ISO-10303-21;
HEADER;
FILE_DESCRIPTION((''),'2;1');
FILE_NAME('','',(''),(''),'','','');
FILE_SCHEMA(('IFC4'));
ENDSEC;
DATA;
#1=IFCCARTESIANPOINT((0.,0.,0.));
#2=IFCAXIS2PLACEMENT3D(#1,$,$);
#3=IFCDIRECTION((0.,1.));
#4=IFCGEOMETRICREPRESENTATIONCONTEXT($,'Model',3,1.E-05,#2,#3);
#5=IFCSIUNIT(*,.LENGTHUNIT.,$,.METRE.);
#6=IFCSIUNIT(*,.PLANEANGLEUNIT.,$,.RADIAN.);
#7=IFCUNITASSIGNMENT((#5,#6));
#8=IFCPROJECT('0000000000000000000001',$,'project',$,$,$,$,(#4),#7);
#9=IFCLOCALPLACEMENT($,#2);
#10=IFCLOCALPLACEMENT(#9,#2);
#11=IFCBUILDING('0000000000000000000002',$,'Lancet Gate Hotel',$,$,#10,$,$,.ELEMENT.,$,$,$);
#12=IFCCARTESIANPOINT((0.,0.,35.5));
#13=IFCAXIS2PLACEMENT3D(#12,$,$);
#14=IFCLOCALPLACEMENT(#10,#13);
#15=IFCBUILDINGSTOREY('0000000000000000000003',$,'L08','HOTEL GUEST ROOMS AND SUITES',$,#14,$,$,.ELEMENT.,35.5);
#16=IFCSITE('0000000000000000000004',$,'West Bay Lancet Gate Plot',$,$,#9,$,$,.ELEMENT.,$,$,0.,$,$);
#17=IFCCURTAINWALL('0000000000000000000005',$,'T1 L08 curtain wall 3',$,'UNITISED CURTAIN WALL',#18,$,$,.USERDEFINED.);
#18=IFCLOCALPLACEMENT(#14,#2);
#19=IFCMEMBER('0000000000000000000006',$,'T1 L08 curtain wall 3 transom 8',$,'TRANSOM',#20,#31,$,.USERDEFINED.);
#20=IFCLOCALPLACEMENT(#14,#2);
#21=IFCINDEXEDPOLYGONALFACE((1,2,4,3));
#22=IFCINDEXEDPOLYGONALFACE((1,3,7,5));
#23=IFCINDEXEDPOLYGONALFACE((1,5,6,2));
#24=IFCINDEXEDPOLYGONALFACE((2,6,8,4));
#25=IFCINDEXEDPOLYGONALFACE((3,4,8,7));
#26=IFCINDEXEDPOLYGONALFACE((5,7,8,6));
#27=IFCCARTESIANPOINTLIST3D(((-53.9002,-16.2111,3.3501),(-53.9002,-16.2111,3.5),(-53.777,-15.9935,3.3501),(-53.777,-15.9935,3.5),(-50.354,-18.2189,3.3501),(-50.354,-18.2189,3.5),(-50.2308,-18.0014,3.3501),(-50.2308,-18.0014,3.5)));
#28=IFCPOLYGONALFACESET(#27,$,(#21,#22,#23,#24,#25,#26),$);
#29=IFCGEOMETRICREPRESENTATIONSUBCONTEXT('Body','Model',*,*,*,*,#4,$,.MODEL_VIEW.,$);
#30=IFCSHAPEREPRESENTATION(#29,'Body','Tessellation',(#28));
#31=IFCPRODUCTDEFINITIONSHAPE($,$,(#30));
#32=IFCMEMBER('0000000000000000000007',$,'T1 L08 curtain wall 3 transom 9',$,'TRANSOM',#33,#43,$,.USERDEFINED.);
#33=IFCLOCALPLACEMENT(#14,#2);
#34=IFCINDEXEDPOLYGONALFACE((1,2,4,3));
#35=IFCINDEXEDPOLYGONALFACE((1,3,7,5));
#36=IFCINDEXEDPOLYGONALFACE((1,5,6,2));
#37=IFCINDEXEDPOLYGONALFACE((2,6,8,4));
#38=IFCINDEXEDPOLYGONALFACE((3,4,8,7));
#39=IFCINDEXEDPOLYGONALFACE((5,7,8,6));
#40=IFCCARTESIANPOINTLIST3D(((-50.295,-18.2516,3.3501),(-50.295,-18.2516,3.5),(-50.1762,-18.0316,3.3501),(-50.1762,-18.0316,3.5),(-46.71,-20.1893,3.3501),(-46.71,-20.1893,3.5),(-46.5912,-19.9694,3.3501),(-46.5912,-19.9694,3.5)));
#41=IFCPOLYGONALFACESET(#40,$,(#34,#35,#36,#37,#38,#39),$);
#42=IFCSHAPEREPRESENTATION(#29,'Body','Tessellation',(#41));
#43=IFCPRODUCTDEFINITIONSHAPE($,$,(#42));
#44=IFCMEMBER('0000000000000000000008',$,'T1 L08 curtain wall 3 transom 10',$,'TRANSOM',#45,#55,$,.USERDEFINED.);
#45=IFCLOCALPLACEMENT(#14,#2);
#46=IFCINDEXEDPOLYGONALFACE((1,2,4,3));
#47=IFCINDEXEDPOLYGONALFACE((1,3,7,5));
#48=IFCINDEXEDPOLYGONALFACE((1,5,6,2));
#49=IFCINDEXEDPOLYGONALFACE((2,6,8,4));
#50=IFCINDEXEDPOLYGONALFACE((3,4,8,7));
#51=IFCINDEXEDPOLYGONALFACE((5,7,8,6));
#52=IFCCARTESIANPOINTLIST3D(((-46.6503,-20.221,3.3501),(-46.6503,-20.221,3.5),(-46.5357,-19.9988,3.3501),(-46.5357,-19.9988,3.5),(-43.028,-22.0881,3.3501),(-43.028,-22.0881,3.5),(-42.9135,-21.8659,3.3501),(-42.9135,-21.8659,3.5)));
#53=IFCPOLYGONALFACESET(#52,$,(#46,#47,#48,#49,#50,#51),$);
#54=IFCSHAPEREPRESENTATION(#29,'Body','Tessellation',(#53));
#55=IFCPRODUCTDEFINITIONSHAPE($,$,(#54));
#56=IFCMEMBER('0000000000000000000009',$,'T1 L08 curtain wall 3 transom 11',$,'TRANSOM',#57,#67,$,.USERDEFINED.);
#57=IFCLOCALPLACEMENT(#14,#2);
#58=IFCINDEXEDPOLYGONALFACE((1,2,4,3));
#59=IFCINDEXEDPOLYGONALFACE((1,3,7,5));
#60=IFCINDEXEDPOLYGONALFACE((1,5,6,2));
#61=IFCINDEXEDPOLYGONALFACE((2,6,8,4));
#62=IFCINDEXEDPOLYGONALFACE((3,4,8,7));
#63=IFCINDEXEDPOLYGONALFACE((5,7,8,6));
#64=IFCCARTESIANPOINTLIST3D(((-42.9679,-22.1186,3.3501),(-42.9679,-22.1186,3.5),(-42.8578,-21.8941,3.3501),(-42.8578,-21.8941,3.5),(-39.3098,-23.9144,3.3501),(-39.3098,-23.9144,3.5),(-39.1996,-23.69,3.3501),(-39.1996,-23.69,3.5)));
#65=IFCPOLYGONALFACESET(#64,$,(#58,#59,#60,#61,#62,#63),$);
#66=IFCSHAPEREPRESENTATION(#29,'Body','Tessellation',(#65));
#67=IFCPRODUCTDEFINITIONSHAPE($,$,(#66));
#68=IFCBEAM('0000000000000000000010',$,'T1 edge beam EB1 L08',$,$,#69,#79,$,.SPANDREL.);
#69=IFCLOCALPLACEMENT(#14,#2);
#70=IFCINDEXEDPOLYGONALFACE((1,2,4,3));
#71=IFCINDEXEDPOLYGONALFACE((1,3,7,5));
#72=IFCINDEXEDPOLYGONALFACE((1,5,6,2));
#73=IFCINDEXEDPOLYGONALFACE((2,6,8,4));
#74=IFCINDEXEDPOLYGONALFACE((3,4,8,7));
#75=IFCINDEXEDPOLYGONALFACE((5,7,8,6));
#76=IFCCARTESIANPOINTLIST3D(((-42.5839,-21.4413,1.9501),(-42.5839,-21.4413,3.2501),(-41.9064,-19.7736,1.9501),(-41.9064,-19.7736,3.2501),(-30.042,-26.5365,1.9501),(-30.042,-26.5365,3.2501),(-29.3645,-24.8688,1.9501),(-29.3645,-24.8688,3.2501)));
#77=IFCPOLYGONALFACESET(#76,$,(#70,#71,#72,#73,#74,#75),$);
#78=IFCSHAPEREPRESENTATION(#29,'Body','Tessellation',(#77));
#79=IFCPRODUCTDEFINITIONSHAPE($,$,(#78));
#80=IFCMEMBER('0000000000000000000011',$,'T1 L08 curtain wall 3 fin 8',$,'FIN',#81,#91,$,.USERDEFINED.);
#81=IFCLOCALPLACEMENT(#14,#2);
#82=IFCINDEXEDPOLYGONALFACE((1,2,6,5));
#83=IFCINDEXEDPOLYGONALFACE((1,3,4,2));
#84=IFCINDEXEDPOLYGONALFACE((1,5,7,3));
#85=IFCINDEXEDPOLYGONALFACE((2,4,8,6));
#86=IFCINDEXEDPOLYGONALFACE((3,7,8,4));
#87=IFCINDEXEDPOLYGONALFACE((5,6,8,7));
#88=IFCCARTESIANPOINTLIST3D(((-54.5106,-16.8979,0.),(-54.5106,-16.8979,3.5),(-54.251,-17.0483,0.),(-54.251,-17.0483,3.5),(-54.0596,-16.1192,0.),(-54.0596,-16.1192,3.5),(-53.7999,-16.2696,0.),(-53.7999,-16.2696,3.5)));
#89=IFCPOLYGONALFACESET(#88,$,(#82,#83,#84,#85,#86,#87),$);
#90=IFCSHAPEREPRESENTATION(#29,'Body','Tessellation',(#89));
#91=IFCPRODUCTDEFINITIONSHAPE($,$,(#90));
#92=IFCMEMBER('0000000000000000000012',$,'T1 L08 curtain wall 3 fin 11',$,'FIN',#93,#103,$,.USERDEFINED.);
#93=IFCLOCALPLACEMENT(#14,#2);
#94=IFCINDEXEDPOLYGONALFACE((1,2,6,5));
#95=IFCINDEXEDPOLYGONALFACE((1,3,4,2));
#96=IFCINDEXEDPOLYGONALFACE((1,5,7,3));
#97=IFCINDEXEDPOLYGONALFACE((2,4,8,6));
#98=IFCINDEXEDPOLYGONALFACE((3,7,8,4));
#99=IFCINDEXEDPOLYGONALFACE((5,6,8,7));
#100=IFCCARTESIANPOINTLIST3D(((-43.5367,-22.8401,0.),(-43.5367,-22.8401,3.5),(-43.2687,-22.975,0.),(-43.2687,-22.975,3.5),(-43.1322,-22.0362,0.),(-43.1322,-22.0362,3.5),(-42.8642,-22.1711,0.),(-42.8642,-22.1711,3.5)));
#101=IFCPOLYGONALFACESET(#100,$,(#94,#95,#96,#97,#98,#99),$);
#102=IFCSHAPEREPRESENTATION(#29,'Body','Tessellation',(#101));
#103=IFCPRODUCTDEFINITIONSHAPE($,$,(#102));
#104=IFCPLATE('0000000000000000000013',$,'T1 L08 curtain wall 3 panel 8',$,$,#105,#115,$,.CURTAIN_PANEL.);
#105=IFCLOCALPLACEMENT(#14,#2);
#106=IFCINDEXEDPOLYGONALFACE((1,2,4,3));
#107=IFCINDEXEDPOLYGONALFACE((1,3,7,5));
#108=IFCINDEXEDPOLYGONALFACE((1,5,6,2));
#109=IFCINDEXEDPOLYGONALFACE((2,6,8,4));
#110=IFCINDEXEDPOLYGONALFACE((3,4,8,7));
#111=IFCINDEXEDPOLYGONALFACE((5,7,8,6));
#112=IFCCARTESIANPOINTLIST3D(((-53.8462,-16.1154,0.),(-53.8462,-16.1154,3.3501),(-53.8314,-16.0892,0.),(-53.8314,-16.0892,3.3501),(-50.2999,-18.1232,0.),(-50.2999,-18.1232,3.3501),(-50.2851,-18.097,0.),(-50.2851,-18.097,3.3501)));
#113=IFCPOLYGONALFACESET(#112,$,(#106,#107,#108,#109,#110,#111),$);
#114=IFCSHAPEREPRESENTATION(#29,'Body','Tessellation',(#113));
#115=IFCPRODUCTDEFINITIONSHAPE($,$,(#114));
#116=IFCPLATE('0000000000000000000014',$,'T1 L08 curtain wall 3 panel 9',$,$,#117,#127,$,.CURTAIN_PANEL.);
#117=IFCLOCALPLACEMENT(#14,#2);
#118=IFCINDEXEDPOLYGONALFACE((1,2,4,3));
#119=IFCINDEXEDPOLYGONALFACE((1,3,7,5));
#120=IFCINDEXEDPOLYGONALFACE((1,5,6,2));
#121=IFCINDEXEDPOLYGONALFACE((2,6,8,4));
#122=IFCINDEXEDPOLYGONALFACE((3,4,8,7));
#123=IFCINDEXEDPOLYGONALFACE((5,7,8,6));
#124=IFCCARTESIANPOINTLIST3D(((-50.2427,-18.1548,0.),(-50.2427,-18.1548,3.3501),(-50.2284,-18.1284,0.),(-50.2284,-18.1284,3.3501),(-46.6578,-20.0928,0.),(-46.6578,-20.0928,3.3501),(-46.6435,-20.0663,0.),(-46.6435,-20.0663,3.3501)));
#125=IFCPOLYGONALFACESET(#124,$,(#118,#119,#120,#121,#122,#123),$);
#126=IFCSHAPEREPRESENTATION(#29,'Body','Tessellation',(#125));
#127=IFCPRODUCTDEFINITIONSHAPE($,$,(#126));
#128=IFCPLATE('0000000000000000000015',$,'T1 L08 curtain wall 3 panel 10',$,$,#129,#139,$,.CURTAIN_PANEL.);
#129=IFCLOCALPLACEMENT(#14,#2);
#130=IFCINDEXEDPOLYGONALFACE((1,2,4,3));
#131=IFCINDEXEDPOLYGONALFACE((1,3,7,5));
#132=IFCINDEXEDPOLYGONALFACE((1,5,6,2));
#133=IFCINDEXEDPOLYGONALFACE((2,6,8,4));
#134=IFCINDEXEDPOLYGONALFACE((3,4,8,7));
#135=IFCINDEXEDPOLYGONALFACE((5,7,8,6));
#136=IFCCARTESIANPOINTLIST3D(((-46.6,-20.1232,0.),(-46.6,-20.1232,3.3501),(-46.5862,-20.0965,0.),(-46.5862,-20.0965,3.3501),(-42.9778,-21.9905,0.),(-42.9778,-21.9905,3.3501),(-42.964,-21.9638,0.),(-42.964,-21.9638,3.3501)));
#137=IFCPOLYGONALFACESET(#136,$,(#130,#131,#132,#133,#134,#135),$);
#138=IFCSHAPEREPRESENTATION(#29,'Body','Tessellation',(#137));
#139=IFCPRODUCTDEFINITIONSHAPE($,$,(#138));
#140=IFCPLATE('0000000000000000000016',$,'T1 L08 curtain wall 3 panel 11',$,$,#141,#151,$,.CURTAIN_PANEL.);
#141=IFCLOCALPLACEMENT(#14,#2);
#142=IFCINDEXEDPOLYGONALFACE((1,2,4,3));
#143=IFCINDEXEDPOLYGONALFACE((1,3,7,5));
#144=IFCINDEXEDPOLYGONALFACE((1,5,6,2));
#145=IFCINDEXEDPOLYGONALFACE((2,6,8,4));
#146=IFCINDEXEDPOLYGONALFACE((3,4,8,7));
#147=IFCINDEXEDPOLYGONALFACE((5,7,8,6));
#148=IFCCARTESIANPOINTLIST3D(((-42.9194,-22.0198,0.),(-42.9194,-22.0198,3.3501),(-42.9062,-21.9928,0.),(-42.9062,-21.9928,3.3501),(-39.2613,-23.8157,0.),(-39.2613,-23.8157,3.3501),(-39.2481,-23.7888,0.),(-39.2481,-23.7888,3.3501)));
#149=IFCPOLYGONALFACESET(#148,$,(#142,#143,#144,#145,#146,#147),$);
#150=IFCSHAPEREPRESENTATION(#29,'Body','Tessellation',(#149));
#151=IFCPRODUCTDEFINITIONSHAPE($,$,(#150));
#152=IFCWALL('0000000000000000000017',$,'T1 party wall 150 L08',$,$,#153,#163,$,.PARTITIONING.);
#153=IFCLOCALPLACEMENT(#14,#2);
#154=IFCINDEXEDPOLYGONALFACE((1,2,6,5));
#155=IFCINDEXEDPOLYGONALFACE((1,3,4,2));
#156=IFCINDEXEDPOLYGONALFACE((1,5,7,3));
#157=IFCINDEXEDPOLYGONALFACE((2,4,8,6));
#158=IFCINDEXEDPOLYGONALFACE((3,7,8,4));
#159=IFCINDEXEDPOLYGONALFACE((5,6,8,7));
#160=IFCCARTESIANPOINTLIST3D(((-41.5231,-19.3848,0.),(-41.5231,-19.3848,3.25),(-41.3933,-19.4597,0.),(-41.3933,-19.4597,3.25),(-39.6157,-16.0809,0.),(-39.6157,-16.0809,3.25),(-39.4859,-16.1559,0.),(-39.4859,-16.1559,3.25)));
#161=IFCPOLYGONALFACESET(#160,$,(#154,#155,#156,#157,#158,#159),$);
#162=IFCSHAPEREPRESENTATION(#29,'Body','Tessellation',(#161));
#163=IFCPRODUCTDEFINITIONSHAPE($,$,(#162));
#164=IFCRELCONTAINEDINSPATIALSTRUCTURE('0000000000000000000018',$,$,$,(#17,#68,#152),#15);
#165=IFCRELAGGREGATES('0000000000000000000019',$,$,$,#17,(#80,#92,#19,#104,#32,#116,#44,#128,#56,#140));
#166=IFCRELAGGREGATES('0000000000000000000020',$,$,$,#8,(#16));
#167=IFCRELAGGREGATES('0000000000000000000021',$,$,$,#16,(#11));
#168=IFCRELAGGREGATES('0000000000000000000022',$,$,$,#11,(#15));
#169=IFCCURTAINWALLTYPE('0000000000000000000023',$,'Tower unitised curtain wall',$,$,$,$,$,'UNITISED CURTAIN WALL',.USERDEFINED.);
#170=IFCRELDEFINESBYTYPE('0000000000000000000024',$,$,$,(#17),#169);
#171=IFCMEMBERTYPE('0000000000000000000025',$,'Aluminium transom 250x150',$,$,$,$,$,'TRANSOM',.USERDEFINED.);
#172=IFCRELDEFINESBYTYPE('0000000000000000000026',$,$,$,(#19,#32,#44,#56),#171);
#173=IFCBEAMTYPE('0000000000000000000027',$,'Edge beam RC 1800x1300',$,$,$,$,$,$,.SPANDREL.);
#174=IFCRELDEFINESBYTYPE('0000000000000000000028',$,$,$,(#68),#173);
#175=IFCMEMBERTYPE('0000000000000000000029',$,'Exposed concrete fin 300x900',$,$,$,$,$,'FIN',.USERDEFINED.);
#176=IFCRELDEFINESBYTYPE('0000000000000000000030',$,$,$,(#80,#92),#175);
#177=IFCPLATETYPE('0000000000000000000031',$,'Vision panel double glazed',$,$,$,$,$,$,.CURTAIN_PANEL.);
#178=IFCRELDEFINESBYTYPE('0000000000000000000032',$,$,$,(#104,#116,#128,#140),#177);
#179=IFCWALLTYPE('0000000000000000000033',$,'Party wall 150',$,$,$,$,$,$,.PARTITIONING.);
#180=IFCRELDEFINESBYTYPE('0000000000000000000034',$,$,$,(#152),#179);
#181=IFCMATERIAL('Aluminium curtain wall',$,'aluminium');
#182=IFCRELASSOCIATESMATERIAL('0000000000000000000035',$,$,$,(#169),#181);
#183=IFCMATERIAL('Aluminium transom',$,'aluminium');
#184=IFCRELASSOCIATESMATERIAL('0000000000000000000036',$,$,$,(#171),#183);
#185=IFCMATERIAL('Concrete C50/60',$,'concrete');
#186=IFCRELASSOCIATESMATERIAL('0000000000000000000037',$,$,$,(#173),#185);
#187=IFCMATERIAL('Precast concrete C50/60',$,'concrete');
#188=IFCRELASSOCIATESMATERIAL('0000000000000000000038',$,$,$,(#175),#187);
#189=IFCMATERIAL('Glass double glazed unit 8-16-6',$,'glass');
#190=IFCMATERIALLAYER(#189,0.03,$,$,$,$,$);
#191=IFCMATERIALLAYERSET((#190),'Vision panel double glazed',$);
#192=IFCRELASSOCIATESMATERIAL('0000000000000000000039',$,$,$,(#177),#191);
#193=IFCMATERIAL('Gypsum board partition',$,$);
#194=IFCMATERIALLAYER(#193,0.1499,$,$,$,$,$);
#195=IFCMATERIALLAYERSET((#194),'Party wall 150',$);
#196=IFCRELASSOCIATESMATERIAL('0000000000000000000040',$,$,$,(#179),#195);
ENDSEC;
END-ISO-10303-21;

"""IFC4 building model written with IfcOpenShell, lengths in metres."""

from ifc_helpers import new_model, si_unit, direction, frame, frame_2d, origin, origin_2d, place, context, subcontext, project, spatial, rectangle, extrude, material, layer, layer_set, material_profile, profile_set, type_object, element, aggregate, save


model = new_model("IFC4")

# Units and contexts
model_context = context("Model", 3, precision=1e-05, world=origin(), true_north=direction((0.0, 1.0)))
body_context = subcontext(model_context, "Body", "Model", "MODEL_VIEW")
ifc_project = project(units=[si_unit("LENGTHUNIT", "METRE"), si_unit("PLANEANGLEUNIT", "RADIAN")], contexts=[model_context])

# Site, building, storey
site_placement = place(None, origin())
site = spatial("IfcSite", under=ifc_project, at=site_placement, Name="West Bay Lancet Gate Plot", CompositionType="ELEMENT", RefElevation=0.0)
building_placement = place(site_placement, origin())
building = spatial("IfcBuilding", under=site, at=building_placement, Name="Lancet Gate Hotel", CompositionType="ELEMENT")
storey_placement = place(building_placement, frame((0.0, 0.0, 35.5)))
storey = spatial("IfcBuildingStorey", under=building, at=storey_placement, Name="L08", Description="HOTEL GUEST ROOMS AND SUITES", CompositionType="ELEMENT", Elevation=35.5)

# Curtain wall, members
ifc_material_1 = material(Name="Aluminium curtain wall", Category="aluminium")
curtain_wall_type = type_object("IfcCurtainWallType", Name="Tower unitised curtain wall", ElementType="UNITISED CURTAIN WALL", PredefinedType="USERDEFINED", material=ifc_material_1)
curtain_wall_placement = place(storey_placement, origin())
curtain_wall = element("IfcCurtainWall", 1, at=curtain_wall_placement, inside=storey, type_object=curtain_wall_type, Name="T1 L08 curtain wall 3", ObjectType="UNITISED CURTAIN WALL", PredefinedType="USERDEFINED")
ifc_material_2 = material(Name="Aluminium transom", Category="aluminium")
ifc_material_profile_1 = material_profile(ifc_material_2, rectangle(XDim=0.25, YDim=0.1499, at=origin_2d()), Name="TRANSOM 250x150")
ifc_profile_set_1 = profile_set([ifc_material_profile_1], Name="Aluminium transom")
member_type_1 = type_object("IfcMemberType", Name="Aluminium transom 250x150", ElementType="TRANSOM", PredefinedType="USERDEFINED", material=ifc_profile_set_1)
member_1_placement = place(storey_placement, frame((-53.8386, -16.1023, 3.425), z_axis=(0.870198, -0.492703, 0.0), x_axis=(0.492703, 0.870198, 0.0)))
member_1 = element("IfcMember", 2, at=member_1_placement, type_object=member_type_1, Name="T1 L08 curtain wall 3 transom 8", ObjectType="TRANSOM", PredefinedType="USERDEFINED", context=body_context, shape_type="SweptSolid", body=[
    extrude(rectangle(XDim=0.25, YDim=0.1499, at=origin_2d()), origin(), (0.0, 0.0, 1.0), 4.0752),
])
member_2_placement = place(storey_placement, frame((-50.2356, -18.1416, 3.425), z_axis=(0.879714, -0.475503, 0.0), x_axis=(0.475503, 0.879714, 0.0)))
member_2 = element("IfcMember", 3, at=member_2_placement, type_object=member_type_1, Name="T1 L08 curtain wall 3 transom 9", ObjectType="TRANSOM", PredefinedType="USERDEFINED", context=body_context, shape_type="SweptSolid", body=[
    extrude(rectangle(XDim=0.25, YDim=0.1499, at=origin_2d()), origin(), (0.0, 0.0, 1.0), 4.0752),
])
member_3_placement = place(storey_placement, frame((-46.593, -20.1099, 3.425), z_axis=(0.88886, -0.458179, 0.0), x_axis=(0.458179, 0.88886, 0.0)))
member_3 = element("IfcMember", 4, at=member_3_placement, type_object=member_type_1, Name="T1 L08 curtain wall 3 transom 10", ObjectType="TRANSOM", PredefinedType="USERDEFINED", context=body_context, shape_type="SweptSolid", body=[
    extrude(rectangle(XDim=0.25, YDim=0.1499, at=origin_2d()), origin(), (0.0, 0.0, 1.0), 4.0752),
])
member_4_placement = place(storey_placement, frame((-42.9128, -22.0063, 3.425), z_axis=(0.897662, -0.440684, 0.0), x_axis=(0.440684, 0.897662, 0.0)))
member_4 = element("IfcMember", 5, at=member_4_placement, type_object=member_type_1, Name="T1 L08 curtain wall 3 transom 11", ObjectType="TRANSOM", PredefinedType="USERDEFINED", context=body_context, shape_type="SweptSolid", body=[
    extrude(rectangle(XDim=0.25, YDim=0.1499, at=origin_2d()), origin(), (0.0, 0.0, 1.0), 4.0752),
])

# Beam
ifc_material_3 = material(Name="Concrete C50/60", Category="concrete")
ifc_material_profile_2 = material_profile(ifc_material_3, rectangle(XDim=1.8, YDim=1.3, at=origin_2d()), Name="RC 1800x1300")
ifc_profile_set_2 = profile_set([ifc_material_profile_2], Name="Concrete C50/60")
beam_type = type_object("IfcBeamType", Name="Edge beam RC 1800x1300", PredefinedType="SPANDREL", material=ifc_profile_set_2)
beam_placement = place(storey_placement, frame((-42.2451, -20.6074, 2.6001), z_axis=(0.926463, -0.376385, 0.0), x_axis=(0.376385, 0.926463, 0.0)))
element("IfcBeam", 6, at=beam_placement, inside=storey, type_object=beam_type, Name="T1 edge beam EB1 L08", PredefinedType="SPANDREL", context=body_context, shape_type="SweptSolid", body=[
    extrude(rectangle(XDim=1.8, YDim=1.3, at=origin_2d()), origin(), (0.0, 0.0, 1.0), 13.5374),
])

# Members
ifc_material_4 = material(Name="Precast concrete C50/60", Category="concrete")
ifc_material_profile_3 = material_profile(ifc_material_4, rectangle(XDim=0.3, YDim=0.8999, at=origin_2d()), Name="FIN 300x900")
ifc_profile_set_3 = profile_set([ifc_material_profile_3], Name="Precast concrete C50/60")
member_type_2 = type_object("IfcMemberType", Name="Exposed concrete fin 300x900", ElementType="FIN", PredefinedType="USERDEFINED", material=ifc_profile_set_3)
member_5_placement = place(storey_placement, frame((-54.1553, -16.5837, 0.0), z_axis=(0.0, 0.0, 1.0), x_axis=(0.865335, -0.501194, 0.0)))
member_5 = element("IfcMember", 7, at=member_5_placement, type_object=member_type_2, Name="T1 L08 curtain wall 3 fin 8", ObjectType="FIN", PredefinedType="USERDEFINED", context=body_context, shape_type="SweptSolid", body=[
    extrude(rectangle(XDim=0.3, YDim=0.8999, at=origin_2d()), origin(), (0.0, 0.0, 1.0), 3.5),
])
member_6_placement = place(storey_placement, frame((-43.2004, -22.5056, 0.0), z_axis=(0.0, 0.0, 1.0), x_axis=(0.893292, -0.449478, 0.0)))
member_6 = element("IfcMember", 8, at=member_6_placement, type_object=member_type_2, Name="T1 L08 curtain wall 3 fin 11", ObjectType="FIN", PredefinedType="USERDEFINED", context=body_context, shape_type="SweptSolid", body=[
    extrude(rectangle(XDim=0.3, YDim=0.8999, at=origin_2d()), origin(), (0.0, 0.0, 1.0), 3.5),
])

# Plates
ifc_material_5 = material(Name="Glass double glazed unit 8-16-6", Category="glass")
ifc_layer_1 = layer(ifc_material_5, 0.03)
ifc_layer_set_1 = layer_set([ifc_layer_1], Name="Vision panel double glazed")
plate_type = type_object("IfcPlateType", Name="Vision panel double glazed", PredefinedType="CURTAIN_PANEL", material=ifc_layer_set_1)
plate_1_placement = place(storey_placement, frame((-52.0657, -17.1062, 0.0), z_axis=(0.0, 0.0, 1.0), x_axis=(0.870205, -0.49269, 0.0)))
plate_1 = element("IfcPlate", 9, at=plate_1_placement, type_object=plate_type, Name="T1 L08 curtain wall 3 panel 8", PredefinedType="CURTAIN_PANEL", context=body_context, shape_type="SweptSolid", body=[
    extrude(rectangle(XDim=4.0752, YDim=0.03, at=origin_2d()), origin(), (0.0, 0.0, 1.0), 3.3501),
])
plate_2_placement = place(storey_placement, frame((-48.4431, -19.1106, 0.0), z_axis=(0.0, 0.0, 1.0), x_axis=(0.879693, -0.475541, 0.0)))
plate_2 = element("IfcPlate", 10, at=plate_2_placement, type_object=plate_type, Name="T1 L08 curtain wall 3 panel 9", PredefinedType="CURTAIN_PANEL", context=body_context, shape_type="SweptSolid", body=[
    extrude(rectangle(XDim=4.0752, YDim=0.03, at=origin_2d()), origin(), (0.0, 0.0, 1.0), 3.3501),
])
plate_3_placement = place(storey_placement, frame((-44.782, -21.0435, 0.0), z_axis=(0.0, 0.0, 1.0), x_axis=(0.888844, -0.45821, 0.0)))
plate_3 = element("IfcPlate", 11, at=plate_3_placement, type_object=plate_type, Name="T1 L08 curtain wall 3 panel 10", PredefinedType="CURTAIN_PANEL", context=body_context, shape_type="SweptSolid", body=[
    extrude(rectangle(XDim=4.0752, YDim=0.03, at=origin_2d()), origin(), (0.0, 0.0, 1.0), 3.3501),
])
plate_4_placement = place(storey_placement, frame((-41.0837, -22.9043, 0.0), z_axis=(0.0, 0.0, 1.0), x_axis=(0.897653, -0.440702, 0.0)))
plate_4 = element("IfcPlate", 12, at=plate_4_placement, type_object=plate_type, Name="T1 L08 curtain wall 3 panel 11", PredefinedType="CURTAIN_PANEL", context=body_context, shape_type="SweptSolid", body=[
    extrude(rectangle(XDim=4.0752, YDim=0.03, at=origin_2d()), origin(), (0.0, 0.0, 1.0), 3.3501),
])
aggregate(curtain_wall, [member_5, member_6, member_1, plate_1, member_2, plate_2, member_3, plate_3, member_4, plate_4])

# Wall
ifc_material_6 = material(Name="Gypsum board partition")
ifc_layer_2 = layer(ifc_material_6, 0.1499)
ifc_layer_set_2 = layer_set([ifc_layer_2], Name="Party wall 150")
wall_type = type_object("IfcWallType", Name="Party wall 150", PredefinedType="PARTITIONING", material=ifc_layer_set_2)
wall_placement = place(storey_placement, frame((-39.5508, -16.1184, 0.0), z_axis=(0.0, 0.0, 1.0), x_axis=(-0.499987, -0.866033, 0.0)))
element("IfcWall", 13, at=wall_placement, inside=storey, type_object=wall_type, Name="T1 party wall 150 L08", PredefinedType="PARTITIONING", context=body_context, shape_type="SweptSolid", body=[
    extrude(rectangle(XDim=3.8149, YDim=0.1499, at=frame_2d((1.9075, 0.0))), origin(), (0.0, 0.0, 1.0), 3.25),
])

save(model, "model.ifc")
